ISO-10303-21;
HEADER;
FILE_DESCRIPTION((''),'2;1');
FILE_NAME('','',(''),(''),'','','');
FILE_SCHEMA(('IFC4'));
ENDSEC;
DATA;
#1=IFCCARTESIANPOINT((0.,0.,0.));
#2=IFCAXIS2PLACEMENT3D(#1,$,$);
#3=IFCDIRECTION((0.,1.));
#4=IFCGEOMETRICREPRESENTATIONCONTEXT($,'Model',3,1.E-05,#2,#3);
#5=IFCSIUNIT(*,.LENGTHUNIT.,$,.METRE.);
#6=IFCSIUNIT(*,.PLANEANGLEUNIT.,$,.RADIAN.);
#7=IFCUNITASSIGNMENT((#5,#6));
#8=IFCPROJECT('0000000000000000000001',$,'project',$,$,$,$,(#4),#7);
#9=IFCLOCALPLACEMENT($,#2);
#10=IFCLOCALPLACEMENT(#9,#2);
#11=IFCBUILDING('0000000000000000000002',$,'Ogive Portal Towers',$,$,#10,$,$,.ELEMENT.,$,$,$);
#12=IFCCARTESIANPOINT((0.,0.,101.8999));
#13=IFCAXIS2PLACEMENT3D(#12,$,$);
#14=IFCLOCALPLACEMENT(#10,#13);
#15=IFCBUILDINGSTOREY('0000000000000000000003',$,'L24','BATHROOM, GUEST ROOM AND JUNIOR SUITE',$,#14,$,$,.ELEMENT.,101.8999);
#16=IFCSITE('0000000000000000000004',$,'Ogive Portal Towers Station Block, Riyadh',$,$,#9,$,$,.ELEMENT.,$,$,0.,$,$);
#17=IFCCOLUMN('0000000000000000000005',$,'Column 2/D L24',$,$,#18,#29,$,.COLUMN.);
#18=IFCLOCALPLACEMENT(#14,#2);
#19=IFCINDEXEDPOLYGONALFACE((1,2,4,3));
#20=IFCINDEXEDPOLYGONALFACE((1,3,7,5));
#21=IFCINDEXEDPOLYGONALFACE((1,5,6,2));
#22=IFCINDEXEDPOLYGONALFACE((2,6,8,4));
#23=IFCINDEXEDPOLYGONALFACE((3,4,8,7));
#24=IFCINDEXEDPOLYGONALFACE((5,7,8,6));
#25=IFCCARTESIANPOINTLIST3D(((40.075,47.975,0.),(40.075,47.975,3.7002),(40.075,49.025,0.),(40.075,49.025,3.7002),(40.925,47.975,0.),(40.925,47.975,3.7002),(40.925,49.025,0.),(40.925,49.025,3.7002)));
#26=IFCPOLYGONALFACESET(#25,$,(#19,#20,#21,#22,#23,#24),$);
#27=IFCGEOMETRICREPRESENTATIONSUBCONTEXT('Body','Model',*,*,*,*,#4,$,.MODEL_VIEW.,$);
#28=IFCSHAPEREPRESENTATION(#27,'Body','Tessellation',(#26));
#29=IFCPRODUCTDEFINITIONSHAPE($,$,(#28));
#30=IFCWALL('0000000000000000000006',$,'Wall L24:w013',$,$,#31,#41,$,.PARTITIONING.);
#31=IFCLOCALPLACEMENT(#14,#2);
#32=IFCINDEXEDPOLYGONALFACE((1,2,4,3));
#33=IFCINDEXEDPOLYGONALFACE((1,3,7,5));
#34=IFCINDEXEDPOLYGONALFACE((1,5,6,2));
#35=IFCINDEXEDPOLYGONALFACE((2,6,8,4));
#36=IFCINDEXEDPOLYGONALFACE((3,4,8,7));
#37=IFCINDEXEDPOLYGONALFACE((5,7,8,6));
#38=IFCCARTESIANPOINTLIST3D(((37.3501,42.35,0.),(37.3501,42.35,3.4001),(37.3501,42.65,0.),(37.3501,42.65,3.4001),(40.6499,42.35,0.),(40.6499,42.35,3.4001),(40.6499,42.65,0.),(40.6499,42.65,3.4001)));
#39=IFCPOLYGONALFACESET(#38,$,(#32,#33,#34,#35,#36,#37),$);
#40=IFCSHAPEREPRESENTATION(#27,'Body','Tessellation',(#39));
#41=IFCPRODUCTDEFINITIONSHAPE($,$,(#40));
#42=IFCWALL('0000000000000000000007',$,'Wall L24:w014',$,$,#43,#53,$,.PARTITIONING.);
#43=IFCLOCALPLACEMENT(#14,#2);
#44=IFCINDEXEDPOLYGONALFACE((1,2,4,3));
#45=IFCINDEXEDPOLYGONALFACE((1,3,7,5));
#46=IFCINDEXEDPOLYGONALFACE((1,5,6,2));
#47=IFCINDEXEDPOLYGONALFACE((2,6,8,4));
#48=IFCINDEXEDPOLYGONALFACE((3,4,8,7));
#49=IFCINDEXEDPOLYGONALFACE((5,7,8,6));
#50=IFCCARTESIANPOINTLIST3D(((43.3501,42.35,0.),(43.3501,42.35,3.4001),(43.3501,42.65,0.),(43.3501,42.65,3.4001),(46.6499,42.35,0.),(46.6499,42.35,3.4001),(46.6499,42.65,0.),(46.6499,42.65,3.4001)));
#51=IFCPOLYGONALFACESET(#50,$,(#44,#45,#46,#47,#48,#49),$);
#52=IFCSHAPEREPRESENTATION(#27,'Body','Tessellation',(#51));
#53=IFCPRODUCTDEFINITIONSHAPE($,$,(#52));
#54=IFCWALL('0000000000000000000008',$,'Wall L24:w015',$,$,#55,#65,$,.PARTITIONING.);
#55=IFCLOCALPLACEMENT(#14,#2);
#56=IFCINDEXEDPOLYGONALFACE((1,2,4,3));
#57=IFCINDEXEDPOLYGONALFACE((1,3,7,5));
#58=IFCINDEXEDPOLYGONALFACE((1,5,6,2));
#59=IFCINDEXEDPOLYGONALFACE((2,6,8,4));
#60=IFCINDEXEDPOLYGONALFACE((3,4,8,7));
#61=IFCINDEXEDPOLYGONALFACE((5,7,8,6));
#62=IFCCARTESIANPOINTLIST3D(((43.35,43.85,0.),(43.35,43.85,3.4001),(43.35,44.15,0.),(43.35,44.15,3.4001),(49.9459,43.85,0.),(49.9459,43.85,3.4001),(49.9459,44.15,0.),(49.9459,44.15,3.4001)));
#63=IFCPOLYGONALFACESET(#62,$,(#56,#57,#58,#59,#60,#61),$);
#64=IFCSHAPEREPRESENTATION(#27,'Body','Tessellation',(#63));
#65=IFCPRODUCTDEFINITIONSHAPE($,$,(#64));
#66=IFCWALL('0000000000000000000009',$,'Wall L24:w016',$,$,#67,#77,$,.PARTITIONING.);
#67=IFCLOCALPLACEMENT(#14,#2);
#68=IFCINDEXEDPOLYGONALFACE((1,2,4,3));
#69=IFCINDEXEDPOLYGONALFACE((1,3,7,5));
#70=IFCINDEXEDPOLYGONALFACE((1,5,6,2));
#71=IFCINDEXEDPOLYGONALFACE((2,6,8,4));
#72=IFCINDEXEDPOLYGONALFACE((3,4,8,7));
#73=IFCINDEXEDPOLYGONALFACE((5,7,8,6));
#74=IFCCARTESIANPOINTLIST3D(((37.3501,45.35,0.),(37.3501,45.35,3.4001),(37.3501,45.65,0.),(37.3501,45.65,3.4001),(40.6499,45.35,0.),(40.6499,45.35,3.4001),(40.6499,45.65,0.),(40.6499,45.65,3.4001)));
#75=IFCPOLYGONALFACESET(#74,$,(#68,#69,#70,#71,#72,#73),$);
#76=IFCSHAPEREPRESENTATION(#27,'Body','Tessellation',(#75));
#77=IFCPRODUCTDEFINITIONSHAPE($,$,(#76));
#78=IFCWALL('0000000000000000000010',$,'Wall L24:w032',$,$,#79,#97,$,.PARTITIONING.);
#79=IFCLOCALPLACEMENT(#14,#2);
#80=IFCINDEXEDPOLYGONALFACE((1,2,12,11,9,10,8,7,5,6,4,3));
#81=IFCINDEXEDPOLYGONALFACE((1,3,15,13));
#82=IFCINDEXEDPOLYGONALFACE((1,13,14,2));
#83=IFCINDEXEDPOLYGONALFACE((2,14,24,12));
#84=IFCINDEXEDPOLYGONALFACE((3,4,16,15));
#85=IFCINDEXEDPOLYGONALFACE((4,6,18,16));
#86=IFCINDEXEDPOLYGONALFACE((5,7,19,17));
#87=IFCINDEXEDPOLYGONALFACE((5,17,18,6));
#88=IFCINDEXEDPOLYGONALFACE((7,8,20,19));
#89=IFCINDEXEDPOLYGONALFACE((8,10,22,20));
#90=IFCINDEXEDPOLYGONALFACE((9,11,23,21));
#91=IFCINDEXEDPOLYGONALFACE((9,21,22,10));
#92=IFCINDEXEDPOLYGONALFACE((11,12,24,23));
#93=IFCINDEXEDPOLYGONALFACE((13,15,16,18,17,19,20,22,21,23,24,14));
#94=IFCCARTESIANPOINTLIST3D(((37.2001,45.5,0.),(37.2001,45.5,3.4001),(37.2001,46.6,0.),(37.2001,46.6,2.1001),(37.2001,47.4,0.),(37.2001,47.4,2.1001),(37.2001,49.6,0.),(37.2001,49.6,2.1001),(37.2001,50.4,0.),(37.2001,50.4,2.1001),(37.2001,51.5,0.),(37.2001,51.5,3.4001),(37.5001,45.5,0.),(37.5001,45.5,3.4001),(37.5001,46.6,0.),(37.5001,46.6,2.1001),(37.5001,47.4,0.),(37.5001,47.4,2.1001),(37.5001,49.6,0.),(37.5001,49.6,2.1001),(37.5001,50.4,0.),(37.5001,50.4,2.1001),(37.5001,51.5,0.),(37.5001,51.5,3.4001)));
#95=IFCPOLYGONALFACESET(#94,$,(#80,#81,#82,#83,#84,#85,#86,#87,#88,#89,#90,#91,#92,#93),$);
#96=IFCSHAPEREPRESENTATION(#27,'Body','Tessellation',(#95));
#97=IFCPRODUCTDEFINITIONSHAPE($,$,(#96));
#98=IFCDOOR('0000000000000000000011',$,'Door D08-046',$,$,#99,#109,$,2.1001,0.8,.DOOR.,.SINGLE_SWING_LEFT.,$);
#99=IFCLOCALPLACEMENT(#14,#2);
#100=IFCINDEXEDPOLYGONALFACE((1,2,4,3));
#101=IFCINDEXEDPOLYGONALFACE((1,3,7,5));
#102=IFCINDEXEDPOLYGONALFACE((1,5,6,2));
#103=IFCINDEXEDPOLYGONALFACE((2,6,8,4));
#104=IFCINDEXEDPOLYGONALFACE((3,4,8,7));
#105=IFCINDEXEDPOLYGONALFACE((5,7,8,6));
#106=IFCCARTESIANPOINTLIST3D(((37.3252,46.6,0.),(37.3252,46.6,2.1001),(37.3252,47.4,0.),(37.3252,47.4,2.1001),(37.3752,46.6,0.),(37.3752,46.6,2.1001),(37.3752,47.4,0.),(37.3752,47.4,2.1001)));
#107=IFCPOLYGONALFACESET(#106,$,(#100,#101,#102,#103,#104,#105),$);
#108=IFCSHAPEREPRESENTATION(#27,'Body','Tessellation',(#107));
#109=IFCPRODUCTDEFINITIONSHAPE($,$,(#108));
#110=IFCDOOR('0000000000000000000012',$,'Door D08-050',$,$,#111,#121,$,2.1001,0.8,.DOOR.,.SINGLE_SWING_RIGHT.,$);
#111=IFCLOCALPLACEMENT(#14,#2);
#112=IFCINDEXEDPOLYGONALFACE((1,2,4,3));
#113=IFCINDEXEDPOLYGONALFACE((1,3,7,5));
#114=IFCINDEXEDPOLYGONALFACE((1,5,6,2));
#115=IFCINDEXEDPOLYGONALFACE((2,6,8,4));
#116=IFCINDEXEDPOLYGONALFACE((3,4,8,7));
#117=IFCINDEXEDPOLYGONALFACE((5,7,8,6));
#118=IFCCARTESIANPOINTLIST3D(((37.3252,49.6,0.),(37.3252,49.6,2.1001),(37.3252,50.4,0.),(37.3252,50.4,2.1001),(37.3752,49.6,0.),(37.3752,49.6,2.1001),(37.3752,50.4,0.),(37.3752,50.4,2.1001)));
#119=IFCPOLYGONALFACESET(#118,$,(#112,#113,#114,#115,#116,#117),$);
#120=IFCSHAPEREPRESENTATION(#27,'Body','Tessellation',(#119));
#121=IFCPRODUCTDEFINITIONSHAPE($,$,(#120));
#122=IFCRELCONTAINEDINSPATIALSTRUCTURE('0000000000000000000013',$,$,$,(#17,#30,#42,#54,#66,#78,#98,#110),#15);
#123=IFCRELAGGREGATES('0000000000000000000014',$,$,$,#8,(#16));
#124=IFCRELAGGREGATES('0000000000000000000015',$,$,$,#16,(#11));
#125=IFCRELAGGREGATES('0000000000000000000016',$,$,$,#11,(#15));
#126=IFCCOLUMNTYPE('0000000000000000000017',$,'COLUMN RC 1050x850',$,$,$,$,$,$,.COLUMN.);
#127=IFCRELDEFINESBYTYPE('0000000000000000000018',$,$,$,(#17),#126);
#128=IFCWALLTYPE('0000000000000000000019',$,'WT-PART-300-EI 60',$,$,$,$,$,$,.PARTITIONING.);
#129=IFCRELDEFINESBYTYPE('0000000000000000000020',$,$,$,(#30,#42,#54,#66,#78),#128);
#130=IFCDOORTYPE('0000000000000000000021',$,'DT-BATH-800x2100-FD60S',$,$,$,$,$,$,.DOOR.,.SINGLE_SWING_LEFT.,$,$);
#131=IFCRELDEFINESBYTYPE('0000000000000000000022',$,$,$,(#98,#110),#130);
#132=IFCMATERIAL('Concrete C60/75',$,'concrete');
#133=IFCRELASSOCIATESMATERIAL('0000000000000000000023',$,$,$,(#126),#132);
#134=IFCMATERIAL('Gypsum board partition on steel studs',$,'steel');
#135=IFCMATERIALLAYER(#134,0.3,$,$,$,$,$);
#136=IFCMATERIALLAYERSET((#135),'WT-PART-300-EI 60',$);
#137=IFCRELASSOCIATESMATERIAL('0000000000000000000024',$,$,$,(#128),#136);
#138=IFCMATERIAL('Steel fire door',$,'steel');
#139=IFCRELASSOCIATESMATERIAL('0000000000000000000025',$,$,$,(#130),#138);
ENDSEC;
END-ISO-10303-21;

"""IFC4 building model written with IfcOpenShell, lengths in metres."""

from ifc_helpers import new_model, si_unit, direction, frame, frame_2d, origin, origin_2d, place, context, subcontext, project, spatial, rectangle, extrude, material, layer, layer_set, material_profile, profile_set, type_object, element, fill, save


model = new_model("IFC4")

# Units and contexts
model_context = context("Model", 3, precision=1e-05, world=origin(), true_north=direction((0.0, 1.0)))
body_context = subcontext(model_context, "Body", "Model", "MODEL_VIEW")
ifc_project = project(units=[si_unit("LENGTHUNIT", "METRE"), si_unit("PLANEANGLEUNIT", "RADIAN")], contexts=[model_context])

# Site, building, storey
site_placement = place(None, origin())
site = spatial("IfcSite", under=ifc_project, at=site_placement, Name="Ogive Portal Towers Station Block, Riyadh", CompositionType="ELEMENT", RefElevation=0.0)
building_placement = place(site_placement, origin())
building = spatial("IfcBuilding", under=site, at=building_placement, Name="Ogive Portal Towers", CompositionType="ELEMENT")
storey_placement = place(building_placement, frame((0.0, 0.0, 101.8999)))
storey = spatial("IfcBuildingStorey", under=building, at=storey_placement, Name="L24", Description="BATHROOM, GUEST ROOM AND JUNIOR SUITE", CompositionType="ELEMENT", Elevation=101.8999)

# Column
ifc_material_1 = material(Name="Concrete C60/75", Category="concrete")
ifc_material_profile = material_profile(ifc_material_1, rectangle(XDim=1.05, YDim=0.8501, at=origin_2d()), Name="RC 1050x850")
ifc_profile_set = profile_set([ifc_material_profile], Name="Concrete C60/75")
column_type = type_object("IfcColumnType", Name="COLUMN RC 1050x850", PredefinedType="COLUMN", material=ifc_profile_set)
column_placement = place(storey_placement, frame((40.5, 48.5, 0.0), z_axis=(0.0, 0.0, 1.0), x_axis=(0.0, 1.0, 0.0)))
element("IfcColumn", 1, at=column_placement, inside=storey, type_object=column_type, Name="Column 2/D L24", PredefinedType="COLUMN", context=body_context, shape_type="SweptSolid", body=[
    extrude(rectangle(XDim=1.05, YDim=0.8501, at=origin_2d()), origin(), (0.0, 0.0, 1.0), 3.7002),
])

# Walls
ifc_material_2 = material(Name="Gypsum board partition on steel studs", Category="steel")
ifc_layer_1 = layer(ifc_material_2, 0.3)
ifc_layer_set_1 = layer_set([ifc_layer_1], Name="WT-PART-300-EI 60")
wall_type_1 = type_object("IfcWallType", Name="WT-PART-300-EI 60", PredefinedType="PARTITIONING", material=ifc_layer_set_1)
for number, where, z_axis, x_axis, name in (
    (2, (37.3501, 42.5, 0.0), (0.0, 0.0, 1.0), (1.0, 0.0, 0.0), "Wall L24:w013"),
    (3, (43.3501, 42.5, 0.0), (0.0, 0.0, 1.0), (1.0, 0.0, 0.0), "Wall L24:w014"),
):
    element("IfcWall", number, at=place(storey_placement, frame(where, z_axis=z_axis, x_axis=x_axis)), inside=storey, type_object=wall_type_1, Name=name, PredefinedType="PARTITIONING", context=body_context, shape_type="SweptSolid", body=[
        extrude(rectangle(XDim=3.2998, YDim=0.3, at=frame_2d((1.6499, 0.0))), origin(), (0.0, 0.0, 1.0), 3.4001),
    ])
wall_1_placement = place(storey_placement, frame((43.3501, 44.0, 0.0), z_axis=(0.0, 0.0, 1.0), x_axis=(1.0, 0.0, 0.0)))
element("IfcWall", 4, at=wall_1_placement, inside=storey, type_object=wall_type_1, Name="Wall L24:w015", PredefinedType="PARTITIONING", context=body_context, shape_type="SweptSolid", body=[
    extrude(rectangle(XDim=6.5959, YDim=0.3, at=frame_2d((3.2979, 0.0))), origin(), (0.0, 0.0, 1.0), 3.4001),
])
wall_2_placement = place(storey_placement, frame((37.3501, 45.5, 0.0), z_axis=(0.0, 0.0, 1.0), x_axis=(1.0, 0.0, 0.0)))
element("IfcWall", 5, at=wall_2_placement, inside=storey, type_object=wall_type_1, Name="Wall L24:w016", PredefinedType="PARTITIONING", context=body_context, shape_type="SweptSolid", body=[
    extrude(rectangle(XDim=3.2998, YDim=0.3, at=frame_2d((1.6499, 0.0))), origin(), (0.0, 0.0, 1.0), 3.4001),
])

# Wall, openings, doors
wall_3_placement = place(storey_placement, frame((37.3501, 45.5, 0.0), z_axis=(0.0, 0.0, 1.0), x_axis=(0.0, 1.0, 0.0)))
wall_3 = element("IfcWall", 6, at=wall_3_placement, inside=storey, type_object=wall_type_1, Name="Wall L24:w032", PredefinedType="PARTITIONING", context=body_context, shape_type="SweptSolid", body=[
    extrude(rectangle(XDim=6.0, YDim=0.3, at=frame_2d((3.0, 0.0))), origin(), (0.0, 0.0, 1.0), 3.4001),
])
opening_1_placement = place(wall_3_placement, frame((1.1001, 0.0, 0.0)))
opening_1 = element("IfcOpeningElement", 7, at=opening_1_placement, cuts=wall_3, PredefinedType="OPENING", context=body_context, shape_type="SweptSolid", body=[
    extrude(rectangle(XDim=0.8, YDim=2.1001, at=frame_2d((0.3999, 1.05))), frame((0.0, 0.1602, 0.0), z_axis=(0.0, -1.0, 0.0), x_axis=(1.0, 0.0, 0.0)), (0.0, 0.0, 1.0), 0.3201),
])
opening_2_placement = place(wall_3_placement, frame((4.1001, 0.0, 0.0)))
opening_2 = element("IfcOpeningElement", 8, at=opening_2_placement, cuts=wall_3, PredefinedType="OPENING", context=body_context, shape_type="SweptSolid", body=[
    extrude(rectangle(XDim=0.8, YDim=2.1001, at=frame_2d((0.3999, 1.05))), frame((0.0, 0.1602, 0.0), z_axis=(0.0, -1.0, 0.0), x_axis=(1.0, 0.0, 0.0)), (0.0, 0.0, 1.0), 0.3201),
])
ifc_material_3 = material(Name="Steel fire door", Category="steel")
door_type_1 = type_object("IfcDoorType", Name="DT-BATH-800x2100-FD60S", OperationType="SINGLE_SWING_LEFT", PredefinedType="DOOR", material=ifc_material_3)
door_1_placement = place(opening_1_placement, origin())
door_1 = element("IfcDoor", 9, at=door_1_placement, inside=storey, type_object=door_type_1, Name="Door D08-046", OperationType="SINGLE_SWING_LEFT", OverallHeight=2.1001, OverallWidth=0.8, PredefinedType="DOOR", context=body_context, shape_type="SweptSolid", body=[
    extrude(rectangle(XDim=0.8, YDim=2.1001, at=frame_2d((0.3999, 1.05))), frame((0.0, 0.0249, 0.0), z_axis=(0.0, -1.0, 0.0), x_axis=(1.0, 0.0, 0.0)), (0.0, 0.0, 1.0), 0.05),
])
fill(opening_1, door_1)
door_2_placement = place(opening_2_placement, origin())
door_2 = element("IfcDoor", 10, at=door_2_placement, inside=storey, type_object=door_type_1, Name="Door D08-050", OperationType="SINGLE_SWING_RIGHT", OverallHeight=2.1001, OverallWidth=0.8, PredefinedType="DOOR", context=body_context, shape_type="SweptSolid", body=[
    extrude(rectangle(XDim=0.8, YDim=2.1001, at=frame_2d((0.3999, 1.05))), frame((0.0, 0.0249, 0.0), z_axis=(0.0, -1.0, 0.0), x_axis=(1.0, 0.0, 0.0)), (0.0, 0.0, 1.0), 0.05),
])
fill(opening_2, door_2)

save(model, "model.ifc")
